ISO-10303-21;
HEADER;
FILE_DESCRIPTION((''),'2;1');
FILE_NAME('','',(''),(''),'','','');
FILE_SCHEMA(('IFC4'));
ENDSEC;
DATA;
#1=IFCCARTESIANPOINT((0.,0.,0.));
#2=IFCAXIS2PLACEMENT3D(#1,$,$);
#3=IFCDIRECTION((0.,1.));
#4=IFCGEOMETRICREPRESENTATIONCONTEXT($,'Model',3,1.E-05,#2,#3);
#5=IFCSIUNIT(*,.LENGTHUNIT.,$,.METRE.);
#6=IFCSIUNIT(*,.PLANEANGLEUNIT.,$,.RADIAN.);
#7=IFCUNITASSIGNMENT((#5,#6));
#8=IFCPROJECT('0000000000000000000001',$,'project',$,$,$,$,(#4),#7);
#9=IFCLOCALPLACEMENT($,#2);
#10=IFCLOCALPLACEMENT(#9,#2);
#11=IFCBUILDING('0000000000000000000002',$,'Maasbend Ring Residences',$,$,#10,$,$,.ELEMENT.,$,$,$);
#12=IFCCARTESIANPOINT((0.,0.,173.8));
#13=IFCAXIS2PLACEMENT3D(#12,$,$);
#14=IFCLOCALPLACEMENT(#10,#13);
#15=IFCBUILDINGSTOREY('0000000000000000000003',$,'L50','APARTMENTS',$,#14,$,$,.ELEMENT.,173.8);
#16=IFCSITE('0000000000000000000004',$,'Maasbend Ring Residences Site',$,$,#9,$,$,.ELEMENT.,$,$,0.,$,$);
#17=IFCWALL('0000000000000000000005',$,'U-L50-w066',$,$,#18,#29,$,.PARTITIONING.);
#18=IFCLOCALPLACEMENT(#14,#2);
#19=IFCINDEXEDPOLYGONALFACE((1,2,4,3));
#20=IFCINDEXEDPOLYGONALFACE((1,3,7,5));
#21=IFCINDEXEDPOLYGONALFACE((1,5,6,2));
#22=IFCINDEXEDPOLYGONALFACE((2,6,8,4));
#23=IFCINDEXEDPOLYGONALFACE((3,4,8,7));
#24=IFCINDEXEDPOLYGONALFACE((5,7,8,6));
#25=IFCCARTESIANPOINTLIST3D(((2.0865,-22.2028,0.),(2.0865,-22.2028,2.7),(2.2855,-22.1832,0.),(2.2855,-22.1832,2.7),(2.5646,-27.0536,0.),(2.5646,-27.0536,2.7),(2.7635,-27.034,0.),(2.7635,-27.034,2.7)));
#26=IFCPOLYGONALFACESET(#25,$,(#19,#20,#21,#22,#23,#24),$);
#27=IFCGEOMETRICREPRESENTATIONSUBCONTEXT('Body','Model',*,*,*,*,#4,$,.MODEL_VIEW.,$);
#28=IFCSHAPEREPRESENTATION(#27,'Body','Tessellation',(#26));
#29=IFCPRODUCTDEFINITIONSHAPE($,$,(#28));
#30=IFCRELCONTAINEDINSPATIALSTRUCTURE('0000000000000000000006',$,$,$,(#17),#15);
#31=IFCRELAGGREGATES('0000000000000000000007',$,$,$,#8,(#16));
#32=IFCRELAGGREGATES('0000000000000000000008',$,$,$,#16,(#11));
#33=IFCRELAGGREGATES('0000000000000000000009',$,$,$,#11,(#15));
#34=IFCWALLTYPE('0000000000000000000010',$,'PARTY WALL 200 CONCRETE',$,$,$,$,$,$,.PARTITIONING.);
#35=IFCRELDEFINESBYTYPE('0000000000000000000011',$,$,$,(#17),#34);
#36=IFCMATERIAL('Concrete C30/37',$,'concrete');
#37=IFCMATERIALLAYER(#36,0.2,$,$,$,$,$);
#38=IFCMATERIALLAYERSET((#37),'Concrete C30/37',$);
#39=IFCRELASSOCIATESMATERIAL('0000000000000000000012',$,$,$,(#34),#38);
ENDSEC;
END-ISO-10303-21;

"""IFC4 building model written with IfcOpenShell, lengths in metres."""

from ifc_helpers import new_model, si_unit, direction, frame, frame_2d, origin, place, context, subcontext, project, spatial, rectangle, extrude, material, layer, layer_set, type_object, element, save


model = new_model("IFC4")

# Units and contexts
model_context = context("Model", 3, precision=1e-05, world=origin(), true_north=direction((0.0, 1.0)))
body_context = subcontext(model_context, "Body", "Model", "MODEL_VIEW")
ifc_project = project(units=[si_unit("LENGTHUNIT", "METRE"), si_unit("PLANEANGLEUNIT", "RADIAN")], contexts=[model_context])

# Site, building, storey
site_placement = place(None, origin())
site = spatial("IfcSite", under=ifc_project, at=site_placement, Name="Maasbend Ring Residences Site", CompositionType="ELEMENT", RefElevation=0.0)
building_placement = place(site_placement, origin())
building = spatial("IfcBuilding", under=site, at=building_placement, Name="Maasbend Ring Residences", CompositionType="ELEMENT")
storey_placement = place(building_placement, frame((0.0, 0.0, 173.8)))
storey = spatial("IfcBuildingStorey", under=building, at=storey_placement, Name="L50", Description="APARTMENTS", CompositionType="ELEMENT", Elevation=173.8)

# Wall
ifc_material_1 = material(Name="Concrete C30/37", Category="concrete")
ifc_layer_1 = layer(ifc_material_1, 0.2)
ifc_layer_set_1 = layer_set([ifc_layer_1], Name="Concrete C30/37")
wall_type_1 = type_object("IfcWallType", Name="PARTY WALL 200 CONCRETE", PredefinedType="PARTITIONING", material=ifc_layer_set_1)
wall_1_placement = place(storey_placement, frame((2.186, -22.1931, 0.0), z_axis=(0.0, 0.0, 1.0), x_axis=(0.09807, -0.995179, 0.0)))
element("IfcWall", 1, at=wall_1_placement, inside=storey, type_object=wall_type_1, Name="U-L50-w066", PredefinedType="PARTITIONING", context=body_context, shape_type="SweptSolid", body=[
    extrude(rectangle(XDim=4.8743, YDim=0.2, at=frame_2d((2.437, 0.0))), origin(), (0.0, 0.0, 1.0), 2.7),
])

save(model, "model.ifc")
